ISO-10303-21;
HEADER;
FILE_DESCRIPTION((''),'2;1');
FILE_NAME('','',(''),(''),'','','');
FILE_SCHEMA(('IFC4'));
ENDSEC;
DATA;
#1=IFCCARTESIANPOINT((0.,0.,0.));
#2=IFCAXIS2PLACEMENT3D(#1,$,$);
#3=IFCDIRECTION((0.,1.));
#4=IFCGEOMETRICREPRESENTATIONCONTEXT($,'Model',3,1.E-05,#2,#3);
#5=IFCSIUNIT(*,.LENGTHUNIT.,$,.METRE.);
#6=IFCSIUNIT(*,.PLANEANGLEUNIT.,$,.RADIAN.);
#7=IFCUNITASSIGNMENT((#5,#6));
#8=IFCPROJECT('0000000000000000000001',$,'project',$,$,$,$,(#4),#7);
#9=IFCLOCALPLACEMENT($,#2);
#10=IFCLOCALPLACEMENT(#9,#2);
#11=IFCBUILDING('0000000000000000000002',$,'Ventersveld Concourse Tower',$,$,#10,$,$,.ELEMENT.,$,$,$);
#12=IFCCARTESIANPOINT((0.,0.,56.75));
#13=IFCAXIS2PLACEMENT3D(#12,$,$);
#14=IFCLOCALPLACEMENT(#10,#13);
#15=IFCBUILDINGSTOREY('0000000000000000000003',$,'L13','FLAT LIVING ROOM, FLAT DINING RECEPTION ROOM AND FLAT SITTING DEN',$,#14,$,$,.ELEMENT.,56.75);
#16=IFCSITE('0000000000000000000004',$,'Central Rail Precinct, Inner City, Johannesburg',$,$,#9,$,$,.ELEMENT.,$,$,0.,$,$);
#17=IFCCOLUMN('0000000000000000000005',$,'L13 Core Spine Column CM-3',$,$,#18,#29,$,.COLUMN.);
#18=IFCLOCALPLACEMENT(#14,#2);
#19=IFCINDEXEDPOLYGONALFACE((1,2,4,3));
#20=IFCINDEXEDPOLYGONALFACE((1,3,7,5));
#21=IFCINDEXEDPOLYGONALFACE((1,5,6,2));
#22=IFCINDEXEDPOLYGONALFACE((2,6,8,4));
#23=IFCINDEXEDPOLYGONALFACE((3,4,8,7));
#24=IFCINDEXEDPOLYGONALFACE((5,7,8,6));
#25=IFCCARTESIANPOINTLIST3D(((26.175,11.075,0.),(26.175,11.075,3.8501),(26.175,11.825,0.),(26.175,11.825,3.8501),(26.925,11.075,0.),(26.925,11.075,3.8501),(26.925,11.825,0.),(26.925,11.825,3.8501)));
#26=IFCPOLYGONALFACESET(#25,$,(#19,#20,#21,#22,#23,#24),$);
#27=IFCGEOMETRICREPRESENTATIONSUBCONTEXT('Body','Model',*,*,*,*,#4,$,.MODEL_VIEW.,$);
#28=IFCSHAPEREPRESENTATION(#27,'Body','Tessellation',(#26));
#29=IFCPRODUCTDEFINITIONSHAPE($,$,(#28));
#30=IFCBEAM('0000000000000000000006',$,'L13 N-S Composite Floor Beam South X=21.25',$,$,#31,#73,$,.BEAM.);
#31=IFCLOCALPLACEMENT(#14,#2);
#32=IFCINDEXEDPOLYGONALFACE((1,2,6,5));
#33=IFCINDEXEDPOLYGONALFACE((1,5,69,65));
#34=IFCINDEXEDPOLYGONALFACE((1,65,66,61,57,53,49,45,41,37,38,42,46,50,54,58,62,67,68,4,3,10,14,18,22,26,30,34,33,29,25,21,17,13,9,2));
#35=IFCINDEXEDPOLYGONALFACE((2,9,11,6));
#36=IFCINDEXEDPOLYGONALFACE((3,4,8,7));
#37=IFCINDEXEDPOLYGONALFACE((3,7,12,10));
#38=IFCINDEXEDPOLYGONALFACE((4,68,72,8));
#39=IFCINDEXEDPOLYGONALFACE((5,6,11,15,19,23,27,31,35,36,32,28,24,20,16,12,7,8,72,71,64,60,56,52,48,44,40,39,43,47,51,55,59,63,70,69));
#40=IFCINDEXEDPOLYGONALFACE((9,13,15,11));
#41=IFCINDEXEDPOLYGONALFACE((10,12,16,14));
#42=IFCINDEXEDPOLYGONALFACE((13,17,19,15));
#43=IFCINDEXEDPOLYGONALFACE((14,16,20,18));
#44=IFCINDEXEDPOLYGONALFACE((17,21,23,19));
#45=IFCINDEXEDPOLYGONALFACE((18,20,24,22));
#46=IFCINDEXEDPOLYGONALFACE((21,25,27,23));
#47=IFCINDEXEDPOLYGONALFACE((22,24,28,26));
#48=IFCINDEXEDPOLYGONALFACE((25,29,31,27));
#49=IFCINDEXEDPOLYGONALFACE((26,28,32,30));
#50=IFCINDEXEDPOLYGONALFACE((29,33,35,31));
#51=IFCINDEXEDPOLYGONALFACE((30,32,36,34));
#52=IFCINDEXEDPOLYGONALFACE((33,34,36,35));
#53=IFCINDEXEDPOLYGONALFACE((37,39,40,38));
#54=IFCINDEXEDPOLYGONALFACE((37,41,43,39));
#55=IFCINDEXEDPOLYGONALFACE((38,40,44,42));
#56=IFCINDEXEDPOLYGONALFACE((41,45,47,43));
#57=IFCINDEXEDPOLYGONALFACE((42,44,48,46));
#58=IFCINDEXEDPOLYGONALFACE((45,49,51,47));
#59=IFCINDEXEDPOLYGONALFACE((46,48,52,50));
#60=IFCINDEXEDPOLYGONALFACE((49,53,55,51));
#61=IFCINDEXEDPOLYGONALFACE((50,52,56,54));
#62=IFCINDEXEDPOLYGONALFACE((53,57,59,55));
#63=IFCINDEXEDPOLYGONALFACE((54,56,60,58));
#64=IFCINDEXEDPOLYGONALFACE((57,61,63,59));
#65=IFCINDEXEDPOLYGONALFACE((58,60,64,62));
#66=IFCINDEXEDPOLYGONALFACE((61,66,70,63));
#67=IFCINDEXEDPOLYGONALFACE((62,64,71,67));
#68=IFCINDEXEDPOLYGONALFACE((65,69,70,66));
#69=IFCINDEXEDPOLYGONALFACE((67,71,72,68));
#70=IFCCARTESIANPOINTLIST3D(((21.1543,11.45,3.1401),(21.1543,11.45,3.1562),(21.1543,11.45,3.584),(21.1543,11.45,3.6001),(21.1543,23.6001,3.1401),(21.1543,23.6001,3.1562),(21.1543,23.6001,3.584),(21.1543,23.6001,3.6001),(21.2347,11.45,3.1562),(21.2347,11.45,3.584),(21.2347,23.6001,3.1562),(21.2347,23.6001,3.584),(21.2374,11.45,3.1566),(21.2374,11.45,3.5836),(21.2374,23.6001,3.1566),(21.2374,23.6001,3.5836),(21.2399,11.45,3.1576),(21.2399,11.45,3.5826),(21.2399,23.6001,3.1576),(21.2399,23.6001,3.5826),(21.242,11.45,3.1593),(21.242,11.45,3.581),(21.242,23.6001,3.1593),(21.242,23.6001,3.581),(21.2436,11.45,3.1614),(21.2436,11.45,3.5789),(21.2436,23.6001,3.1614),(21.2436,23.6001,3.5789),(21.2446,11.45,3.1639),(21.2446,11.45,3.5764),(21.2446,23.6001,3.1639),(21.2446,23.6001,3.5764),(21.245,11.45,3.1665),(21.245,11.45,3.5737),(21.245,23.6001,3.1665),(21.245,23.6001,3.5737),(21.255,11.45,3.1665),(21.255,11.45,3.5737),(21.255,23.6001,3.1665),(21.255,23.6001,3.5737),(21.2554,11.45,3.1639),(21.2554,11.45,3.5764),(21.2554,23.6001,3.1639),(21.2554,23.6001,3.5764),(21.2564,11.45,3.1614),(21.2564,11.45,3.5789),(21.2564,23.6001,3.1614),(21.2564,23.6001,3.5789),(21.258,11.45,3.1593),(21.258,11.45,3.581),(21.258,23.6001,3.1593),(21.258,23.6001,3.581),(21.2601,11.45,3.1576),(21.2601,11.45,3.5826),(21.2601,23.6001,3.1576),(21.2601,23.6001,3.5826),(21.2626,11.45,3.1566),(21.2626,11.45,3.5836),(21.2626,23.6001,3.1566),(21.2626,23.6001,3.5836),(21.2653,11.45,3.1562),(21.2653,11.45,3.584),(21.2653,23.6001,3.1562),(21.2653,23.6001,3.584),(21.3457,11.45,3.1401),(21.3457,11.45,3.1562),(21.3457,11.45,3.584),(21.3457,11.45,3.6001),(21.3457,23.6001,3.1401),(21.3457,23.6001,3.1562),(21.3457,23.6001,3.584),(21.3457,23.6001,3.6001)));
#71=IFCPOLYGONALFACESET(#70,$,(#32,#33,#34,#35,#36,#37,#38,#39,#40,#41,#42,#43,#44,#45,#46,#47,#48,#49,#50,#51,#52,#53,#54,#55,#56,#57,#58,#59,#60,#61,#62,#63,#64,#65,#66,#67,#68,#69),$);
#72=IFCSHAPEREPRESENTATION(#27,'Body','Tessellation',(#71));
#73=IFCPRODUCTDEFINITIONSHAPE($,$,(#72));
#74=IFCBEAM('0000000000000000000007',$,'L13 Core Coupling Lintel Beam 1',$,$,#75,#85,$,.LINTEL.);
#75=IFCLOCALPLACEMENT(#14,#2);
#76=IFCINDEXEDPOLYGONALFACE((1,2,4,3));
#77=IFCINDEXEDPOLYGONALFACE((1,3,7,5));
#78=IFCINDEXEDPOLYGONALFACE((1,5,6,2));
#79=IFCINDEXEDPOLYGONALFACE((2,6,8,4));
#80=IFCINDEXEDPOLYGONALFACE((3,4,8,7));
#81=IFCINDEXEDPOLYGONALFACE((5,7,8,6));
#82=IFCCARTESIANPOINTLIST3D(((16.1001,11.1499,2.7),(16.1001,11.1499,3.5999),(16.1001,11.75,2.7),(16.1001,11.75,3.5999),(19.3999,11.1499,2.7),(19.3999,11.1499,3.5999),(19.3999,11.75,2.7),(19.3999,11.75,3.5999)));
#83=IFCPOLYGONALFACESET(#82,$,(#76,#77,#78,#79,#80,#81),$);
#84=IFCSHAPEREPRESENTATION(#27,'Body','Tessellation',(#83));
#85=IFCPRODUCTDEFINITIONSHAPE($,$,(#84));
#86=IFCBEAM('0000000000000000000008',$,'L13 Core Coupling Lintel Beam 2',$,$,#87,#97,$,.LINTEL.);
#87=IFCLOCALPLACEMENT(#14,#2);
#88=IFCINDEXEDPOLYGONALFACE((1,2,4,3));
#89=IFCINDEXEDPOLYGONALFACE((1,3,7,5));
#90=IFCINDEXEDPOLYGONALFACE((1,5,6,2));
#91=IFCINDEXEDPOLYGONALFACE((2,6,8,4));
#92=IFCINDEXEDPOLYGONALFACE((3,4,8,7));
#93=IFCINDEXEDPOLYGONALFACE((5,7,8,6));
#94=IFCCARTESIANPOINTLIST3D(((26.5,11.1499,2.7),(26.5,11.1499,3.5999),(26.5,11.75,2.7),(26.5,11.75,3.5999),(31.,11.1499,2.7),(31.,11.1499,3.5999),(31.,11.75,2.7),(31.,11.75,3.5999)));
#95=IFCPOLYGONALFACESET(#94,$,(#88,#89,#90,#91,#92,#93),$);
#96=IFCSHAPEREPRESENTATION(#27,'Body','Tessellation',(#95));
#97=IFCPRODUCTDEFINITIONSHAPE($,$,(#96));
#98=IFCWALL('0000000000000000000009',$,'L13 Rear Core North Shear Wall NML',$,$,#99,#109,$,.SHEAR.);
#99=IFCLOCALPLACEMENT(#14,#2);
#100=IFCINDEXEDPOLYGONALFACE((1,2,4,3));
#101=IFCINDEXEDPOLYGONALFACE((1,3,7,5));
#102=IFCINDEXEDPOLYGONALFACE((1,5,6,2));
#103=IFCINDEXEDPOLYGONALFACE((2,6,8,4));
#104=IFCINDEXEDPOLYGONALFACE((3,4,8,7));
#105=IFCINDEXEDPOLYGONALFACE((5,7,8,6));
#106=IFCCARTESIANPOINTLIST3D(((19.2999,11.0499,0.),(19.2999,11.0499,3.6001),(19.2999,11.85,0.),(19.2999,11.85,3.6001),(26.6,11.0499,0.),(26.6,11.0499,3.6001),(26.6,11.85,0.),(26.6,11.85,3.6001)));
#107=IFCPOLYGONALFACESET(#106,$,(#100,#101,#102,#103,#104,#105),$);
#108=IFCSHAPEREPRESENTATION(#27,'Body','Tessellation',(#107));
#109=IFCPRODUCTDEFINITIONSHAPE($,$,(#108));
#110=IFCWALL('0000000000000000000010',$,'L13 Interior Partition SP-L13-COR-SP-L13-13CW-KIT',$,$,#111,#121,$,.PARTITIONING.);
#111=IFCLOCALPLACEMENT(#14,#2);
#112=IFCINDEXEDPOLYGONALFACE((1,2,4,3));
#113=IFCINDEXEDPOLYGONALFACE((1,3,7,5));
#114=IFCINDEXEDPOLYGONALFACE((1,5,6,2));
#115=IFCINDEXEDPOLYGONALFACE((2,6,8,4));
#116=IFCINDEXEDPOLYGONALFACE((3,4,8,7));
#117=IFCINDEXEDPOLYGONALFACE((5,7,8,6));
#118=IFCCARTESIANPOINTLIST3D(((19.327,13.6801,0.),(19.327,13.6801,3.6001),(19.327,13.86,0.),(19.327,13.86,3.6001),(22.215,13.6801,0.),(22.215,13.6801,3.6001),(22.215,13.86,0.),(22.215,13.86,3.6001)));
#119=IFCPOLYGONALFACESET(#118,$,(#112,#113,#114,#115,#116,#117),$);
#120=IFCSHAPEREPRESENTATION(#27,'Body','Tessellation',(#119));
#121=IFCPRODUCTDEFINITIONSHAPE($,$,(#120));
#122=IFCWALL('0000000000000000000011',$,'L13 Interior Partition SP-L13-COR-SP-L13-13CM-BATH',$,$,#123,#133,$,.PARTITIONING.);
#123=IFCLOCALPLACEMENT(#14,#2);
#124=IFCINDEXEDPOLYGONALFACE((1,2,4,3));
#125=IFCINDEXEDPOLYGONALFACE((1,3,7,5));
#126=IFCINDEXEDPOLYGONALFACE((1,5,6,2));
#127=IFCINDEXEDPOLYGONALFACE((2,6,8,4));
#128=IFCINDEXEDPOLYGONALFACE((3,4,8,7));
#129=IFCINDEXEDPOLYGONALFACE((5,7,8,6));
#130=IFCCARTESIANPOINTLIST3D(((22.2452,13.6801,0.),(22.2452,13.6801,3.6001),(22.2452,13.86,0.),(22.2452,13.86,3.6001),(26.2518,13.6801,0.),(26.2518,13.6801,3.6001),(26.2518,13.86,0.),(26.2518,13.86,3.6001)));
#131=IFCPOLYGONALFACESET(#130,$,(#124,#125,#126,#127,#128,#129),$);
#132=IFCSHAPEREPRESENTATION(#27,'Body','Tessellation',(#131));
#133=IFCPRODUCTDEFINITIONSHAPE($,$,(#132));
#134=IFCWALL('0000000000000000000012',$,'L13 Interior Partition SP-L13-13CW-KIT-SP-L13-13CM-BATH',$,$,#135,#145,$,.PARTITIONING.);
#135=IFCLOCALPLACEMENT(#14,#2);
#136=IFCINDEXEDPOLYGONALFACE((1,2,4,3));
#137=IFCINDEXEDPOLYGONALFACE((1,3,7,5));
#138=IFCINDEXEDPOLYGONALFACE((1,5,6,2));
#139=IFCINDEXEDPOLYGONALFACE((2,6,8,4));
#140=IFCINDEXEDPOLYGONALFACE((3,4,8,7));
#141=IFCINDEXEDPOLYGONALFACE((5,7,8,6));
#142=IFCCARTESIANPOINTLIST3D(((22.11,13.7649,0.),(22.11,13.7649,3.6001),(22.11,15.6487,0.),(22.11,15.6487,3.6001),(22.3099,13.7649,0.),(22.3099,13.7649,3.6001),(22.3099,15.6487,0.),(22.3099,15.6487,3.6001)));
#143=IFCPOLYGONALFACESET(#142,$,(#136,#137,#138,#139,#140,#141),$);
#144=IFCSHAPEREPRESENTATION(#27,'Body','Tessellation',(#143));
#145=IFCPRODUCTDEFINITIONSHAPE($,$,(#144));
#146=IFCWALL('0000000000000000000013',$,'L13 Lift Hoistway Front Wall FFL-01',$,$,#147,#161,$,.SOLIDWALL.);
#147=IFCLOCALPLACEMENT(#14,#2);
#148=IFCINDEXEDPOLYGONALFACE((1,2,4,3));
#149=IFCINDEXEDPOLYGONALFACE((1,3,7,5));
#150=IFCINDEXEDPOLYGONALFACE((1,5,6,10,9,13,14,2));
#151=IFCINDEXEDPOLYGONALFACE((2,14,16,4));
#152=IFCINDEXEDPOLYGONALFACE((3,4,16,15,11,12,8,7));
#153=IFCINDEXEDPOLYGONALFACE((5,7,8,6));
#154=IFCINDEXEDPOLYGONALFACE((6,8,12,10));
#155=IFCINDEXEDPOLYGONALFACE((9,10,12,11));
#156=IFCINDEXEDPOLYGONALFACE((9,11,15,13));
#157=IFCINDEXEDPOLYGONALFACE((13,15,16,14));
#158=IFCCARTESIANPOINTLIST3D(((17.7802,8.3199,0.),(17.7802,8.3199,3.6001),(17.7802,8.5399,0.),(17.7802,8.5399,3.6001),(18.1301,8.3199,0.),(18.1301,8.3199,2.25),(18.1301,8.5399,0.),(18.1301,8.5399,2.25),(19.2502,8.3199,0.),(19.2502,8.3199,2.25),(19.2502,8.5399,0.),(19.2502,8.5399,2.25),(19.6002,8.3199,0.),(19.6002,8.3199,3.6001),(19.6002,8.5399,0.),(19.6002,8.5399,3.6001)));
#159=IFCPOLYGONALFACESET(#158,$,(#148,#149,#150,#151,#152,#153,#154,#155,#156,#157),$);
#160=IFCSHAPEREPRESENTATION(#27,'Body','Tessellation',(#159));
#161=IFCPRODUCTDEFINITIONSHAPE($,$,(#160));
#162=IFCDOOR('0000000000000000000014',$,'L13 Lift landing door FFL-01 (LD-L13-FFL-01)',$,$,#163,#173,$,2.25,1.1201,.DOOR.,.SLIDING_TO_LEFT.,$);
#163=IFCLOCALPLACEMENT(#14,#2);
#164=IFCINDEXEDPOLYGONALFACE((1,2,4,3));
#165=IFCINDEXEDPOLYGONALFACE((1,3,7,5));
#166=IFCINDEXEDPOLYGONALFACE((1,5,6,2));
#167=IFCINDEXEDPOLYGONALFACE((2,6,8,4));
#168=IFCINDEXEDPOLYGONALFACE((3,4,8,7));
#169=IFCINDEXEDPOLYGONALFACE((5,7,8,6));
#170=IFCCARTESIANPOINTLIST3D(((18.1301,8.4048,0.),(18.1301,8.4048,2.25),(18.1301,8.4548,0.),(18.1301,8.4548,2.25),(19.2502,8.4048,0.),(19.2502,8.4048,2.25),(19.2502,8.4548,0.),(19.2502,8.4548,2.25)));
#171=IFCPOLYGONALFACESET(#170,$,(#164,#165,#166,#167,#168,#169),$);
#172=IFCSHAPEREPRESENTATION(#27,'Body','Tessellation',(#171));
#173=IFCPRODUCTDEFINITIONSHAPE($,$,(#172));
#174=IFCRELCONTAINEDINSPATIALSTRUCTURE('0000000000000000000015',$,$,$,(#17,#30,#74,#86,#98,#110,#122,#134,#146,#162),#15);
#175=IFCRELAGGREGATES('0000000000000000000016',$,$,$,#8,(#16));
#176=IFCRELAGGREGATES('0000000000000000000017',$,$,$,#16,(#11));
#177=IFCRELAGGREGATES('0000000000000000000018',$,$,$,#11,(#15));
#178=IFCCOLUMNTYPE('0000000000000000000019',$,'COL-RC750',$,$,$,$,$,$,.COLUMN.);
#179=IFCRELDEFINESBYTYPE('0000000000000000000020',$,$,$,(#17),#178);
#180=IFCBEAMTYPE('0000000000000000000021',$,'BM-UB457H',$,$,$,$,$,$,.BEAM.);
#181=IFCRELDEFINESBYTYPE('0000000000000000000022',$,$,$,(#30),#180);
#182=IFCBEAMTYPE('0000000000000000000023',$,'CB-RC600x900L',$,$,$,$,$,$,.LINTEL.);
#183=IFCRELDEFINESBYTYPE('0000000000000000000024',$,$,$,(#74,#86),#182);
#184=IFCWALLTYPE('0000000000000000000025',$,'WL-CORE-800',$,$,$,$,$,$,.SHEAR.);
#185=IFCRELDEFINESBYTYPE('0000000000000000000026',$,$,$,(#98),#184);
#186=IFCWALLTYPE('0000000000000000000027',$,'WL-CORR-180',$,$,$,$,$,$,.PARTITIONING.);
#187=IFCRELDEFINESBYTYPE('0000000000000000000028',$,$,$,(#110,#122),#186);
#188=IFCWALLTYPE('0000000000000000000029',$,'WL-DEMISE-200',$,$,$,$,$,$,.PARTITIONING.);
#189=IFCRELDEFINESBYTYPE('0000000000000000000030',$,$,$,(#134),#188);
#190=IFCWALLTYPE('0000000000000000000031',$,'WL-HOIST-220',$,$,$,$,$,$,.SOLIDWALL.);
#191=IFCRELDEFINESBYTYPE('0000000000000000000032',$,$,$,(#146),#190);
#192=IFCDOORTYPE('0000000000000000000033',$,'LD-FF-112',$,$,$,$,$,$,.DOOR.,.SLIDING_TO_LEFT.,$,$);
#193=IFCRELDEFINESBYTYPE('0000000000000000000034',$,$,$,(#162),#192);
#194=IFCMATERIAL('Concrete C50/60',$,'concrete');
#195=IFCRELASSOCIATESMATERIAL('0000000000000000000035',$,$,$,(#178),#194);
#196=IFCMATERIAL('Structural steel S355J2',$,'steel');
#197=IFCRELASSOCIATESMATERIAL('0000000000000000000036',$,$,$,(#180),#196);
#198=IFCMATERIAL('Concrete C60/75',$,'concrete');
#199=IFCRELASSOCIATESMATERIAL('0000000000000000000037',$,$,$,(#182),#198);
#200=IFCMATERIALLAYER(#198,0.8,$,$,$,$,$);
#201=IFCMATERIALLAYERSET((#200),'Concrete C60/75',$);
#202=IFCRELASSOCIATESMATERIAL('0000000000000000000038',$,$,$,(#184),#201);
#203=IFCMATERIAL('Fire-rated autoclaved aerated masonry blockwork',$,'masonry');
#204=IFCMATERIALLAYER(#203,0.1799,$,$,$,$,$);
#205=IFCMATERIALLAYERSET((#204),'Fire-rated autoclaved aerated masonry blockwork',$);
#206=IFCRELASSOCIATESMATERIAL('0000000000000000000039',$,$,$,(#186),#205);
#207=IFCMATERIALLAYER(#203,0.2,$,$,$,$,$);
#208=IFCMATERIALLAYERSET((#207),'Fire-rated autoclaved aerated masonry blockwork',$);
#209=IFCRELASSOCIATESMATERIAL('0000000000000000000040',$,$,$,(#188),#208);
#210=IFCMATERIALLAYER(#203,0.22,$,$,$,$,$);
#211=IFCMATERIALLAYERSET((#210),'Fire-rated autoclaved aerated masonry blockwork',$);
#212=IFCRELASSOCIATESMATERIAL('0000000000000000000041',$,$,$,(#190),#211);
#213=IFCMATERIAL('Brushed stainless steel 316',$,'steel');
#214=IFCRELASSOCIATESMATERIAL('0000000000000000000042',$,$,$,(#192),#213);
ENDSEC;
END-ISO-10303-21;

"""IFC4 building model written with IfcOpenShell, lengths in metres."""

from ifc_helpers import new_model, si_unit, direction, frame, frame_2d, origin, origin_2d, place, context, subcontext, project, spatial, rectangle, i_section, extrude, material, layer, layer_set, material_profile, profile_set, type_object, element, fill, save


model = new_model("IFC4")

# Units and contexts
model_context = context("Model", 3, precision=1e-05, world=origin(), true_north=direction((0.0, 1.0)))
body_context = subcontext(model_context, "Body", "Model", "MODEL_VIEW")
ifc_project = project(units=[si_unit("LENGTHUNIT", "METRE"), si_unit("PLANEANGLEUNIT", "RADIAN")], contexts=[model_context])

# Site, building, storey
site_placement = place(None, origin())
site = spatial("IfcSite", under=ifc_project, at=site_placement, Name="Central Rail Precinct, Inner City, Johannesburg", CompositionType="ELEMENT", RefElevation=0.0)
building_placement = place(site_placement, origin())
building = spatial("IfcBuilding", under=site, at=building_placement, Name="Ventersveld Concourse Tower", CompositionType="ELEMENT")
storey_placement = place(building_placement, frame((0.0, 0.0, 56.75)))
storey = spatial("IfcBuildingStorey", under=building, at=storey_placement, Name="L13", Description="FLAT LIVING ROOM, FLAT DINING RECEPTION ROOM AND FLAT SITTING DEN", CompositionType="ELEMENT", Elevation=56.75)

# Column
ifc_material_1 = material(Name="Concrete C50/60", Category="concrete")
ifc_material_profile_1 = material_profile(ifc_material_1, rectangle(XDim=0.75, YDim=0.75, at=origin_2d()), Name="RC 750x750")
ifc_profile_set_1 = profile_set([ifc_material_profile_1], Name="Concrete C50/60")
column_type = type_object("IfcColumnType", Name="COL-RC750", PredefinedType="COLUMN", material=ifc_profile_set_1)
column_placement = place(storey_placement, frame((26.55, 11.45, 0.0), z_axis=(0.0, 0.0, 1.0), x_axis=(1.0, 0.0, 0.0)))
element("IfcColumn", 1, at=column_placement, inside=storey, type_object=column_type, Name="L13 Core Spine Column CM-3", PredefinedType="COLUMN", context=body_context, shape_type="SweptSolid", body=[
    extrude(rectangle(XDim=0.75, YDim=0.75, at=origin_2d()), origin(), (0.0, 0.0, 1.0), 3.8501),
])

# Beams
ifc_material_2 = material(Name="Structural steel S355J2", Category="steel")
ifc_material_profile_2 = material_profile(ifc_material_2, i_section(OverallWidth=0.1914, OverallDepth=0.46, WebThickness=0.01, FlangeThickness=0.0161, FilletRadius=0.0103, at=origin_2d()), Name="UB 457x191x82")
ifc_profile_set_2 = profile_set([ifc_material_profile_2], Name="Structural steel S355J2")
beam_type_1 = type_object("IfcBeamType", Name="BM-UB457H", PredefinedType="BEAM", material=ifc_profile_set_2)
beam_1_placement = place(storey_placement, frame((21.25, 11.45, 3.3701), z_axis=(0.0, 1.0, 0.0), x_axis=(-1.0, 0.0, 0.0)))
element("IfcBeam", 2, at=beam_1_placement, inside=storey, type_object=beam_type_1, Name="L13 N-S Composite Floor Beam South X=21.25", PredefinedType="BEAM", context=body_context, shape_type="SweptSolid", body=[
    extrude(i_section(OverallWidth=0.1914, OverallDepth=0.46, WebThickness=0.01, FlangeThickness=0.0161, FilletRadius=0.0103, at=origin_2d()), origin(), (0.0, 0.0, 1.0), 12.1501),
])
ifc_material_3 = material(Name="Concrete C60/75", Category="concrete")
ifc_material_profile_3 = material_profile(ifc_material_3, rectangle(XDim=0.6001, YDim=0.8999, at=origin_2d()), Name="RC 600x900")
ifc_profile_set_3 = profile_set([ifc_material_profile_3], Name="Concrete C60/75")
beam_type_2 = type_object("IfcBeamType", Name="CB-RC600x900L", PredefinedType="LINTEL", material=ifc_profile_set_3)
beam_2_placement = place(storey_placement, frame((16.1001, 11.45, 3.1499), z_axis=(1.0, 0.0, 0.0), x_axis=(0.0, 1.0, 0.0)))
element("IfcBeam", 3, at=beam_2_placement, inside=storey, type_object=beam_type_2, Name="L13 Core Coupling Lintel Beam 1", PredefinedType="LINTEL", context=body_context, shape_type="SweptSolid", body=[
    extrude(rectangle(XDim=0.6001, YDim=0.8999, at=origin_2d()), origin(), (0.0, 0.0, 1.0), 3.2998),
])
beam_3_placement = place(storey_placement, frame((26.5, 11.45, 3.1499), z_axis=(1.0, 0.0, 0.0), x_axis=(0.0, 1.0, 0.0)))
element("IfcBeam", 4, at=beam_3_placement, inside=storey, type_object=beam_type_2, Name="L13 Core Coupling Lintel Beam 2", PredefinedType="LINTEL", context=body_context, shape_type="SweptSolid", body=[
    extrude(rectangle(XDim=0.6001, YDim=0.8999, at=origin_2d()), origin(), (0.0, 0.0, 1.0), 4.5),
])

# Walls
ifc_layer_1 = layer(ifc_material_3, 0.8)
ifc_layer_set_1 = layer_set([ifc_layer_1], Name="Concrete C60/75")
wall_type_1 = type_object("IfcWallType", Name="WL-CORE-800", PredefinedType="SHEAR", material=ifc_layer_set_1)
wall_1_placement = place(storey_placement, frame((19.3, 11.45, 0.0), z_axis=(0.0, 0.0, 1.0), x_axis=(1.0, 0.0, 0.0)))
element("IfcWall", 5, at=wall_1_placement, inside=storey, type_object=wall_type_1, Name="L13 Rear Core North Shear Wall NML", PredefinedType="SHEAR", context=body_context, shape_type="SweptSolid", body=[
    extrude(rectangle(XDim=7.3, YDim=0.8, at=frame_2d((3.6499, 0.0))), origin(), (0.0, 0.0, 1.0), 3.6001),
])
ifc_material_4 = material(Name="Fire-rated autoclaved aerated masonry blockwork", Category="masonry")
ifc_layer_2 = layer(ifc_material_4, 0.1799)
ifc_layer_set_2 = layer_set([ifc_layer_2], Name="Fire-rated autoclaved aerated masonry blockwork")
wall_type_2 = type_object("IfcWallType", Name="WL-CORR-180", PredefinedType="PARTITIONING", material=ifc_layer_set_2)
wall_2_placement = place(storey_placement, frame((19.3271, 13.77, 0.0), z_axis=(0.0, 0.0, 1.0), x_axis=(1.0, 0.0, 0.0)))
element("IfcWall", 6, at=wall_2_placement, inside=storey, type_object=wall_type_2, Name="L13 Interior Partition SP-L13-COR-SP-L13-13CW-KIT", PredefinedType="PARTITIONING", context=body_context, shape_type="SweptSolid", body=[
    extrude(rectangle(XDim=2.8879, YDim=0.1799, at=frame_2d((1.4438, 0.0))), origin(), (0.0, 0.0, 1.0), 3.6001),
])

# Walls
wall_3_placement = place(storey_placement, frame((22.2451, 13.77, 0.0), z_axis=(0.0, 0.0, 1.0), x_axis=(1.0, 0.0, 0.0)))
element("IfcWall", 7, at=wall_3_placement, inside=storey, type_object=wall_type_2, Name="L13 Interior Partition SP-L13-COR-SP-L13-13CM-BATH", PredefinedType="PARTITIONING", context=body_context, shape_type="SweptSolid", body=[
    extrude(rectangle(XDim=4.0066, YDim=0.1799, at=frame_2d((2.0034, 0.0))), origin(), (0.0, 0.0, 1.0), 3.6001),
])
ifc_layer_3 = layer(ifc_material_4, 0.2)
ifc_layer_set_3 = layer_set([ifc_layer_3], Name="Fire-rated autoclaved aerated masonry blockwork")
wall_type_3 = type_object("IfcWallType", Name="WL-DEMISE-200", PredefinedType="PARTITIONING", material=ifc_layer_set_3)
wall_4_placement = place(storey_placement, frame((22.21, 13.7649, 0.0), z_axis=(0.0, 0.0, 1.0), x_axis=(0.0, 1.0, 0.0)))
element("IfcWall", 8, at=wall_4_placement, inside=storey, type_object=wall_type_3, Name="L13 Interior Partition SP-L13-13CW-KIT-SP-L13-13CM-BATH", PredefinedType="PARTITIONING", context=body_context, shape_type="SweptSolid", body=[
    extrude(rectangle(XDim=1.8838, YDim=0.2, at=frame_2d((0.9419, 0.0))), origin(), (0.0, 0.0, 1.0), 3.6001),
])

# Wall, opening, door
ifc_layer_4 = layer(ifc_material_4, 0.22)
ifc_layer_set_4 = layer_set([ifc_layer_4], Name="Fire-rated autoclaved aerated masonry blockwork")
wall_type_4 = type_object("IfcWallType", Name="WL-HOIST-220", PredefinedType="SOLIDWALL", material=ifc_layer_set_4)
wall_5_placement = place(storey_placement, frame((17.78, 8.4299, 0.0), z_axis=(0.0, 0.0, 1.0), x_axis=(1.0, 0.0, 0.0)))
wall_5 = element("IfcWall", 9, at=wall_5_placement, inside=storey, type_object=wall_type_4, Name="L13 Lift Hoistway Front Wall FFL-01", PredefinedType="SOLIDWALL", context=body_context, shape_type="SweptSolid", body=[
    extrude(rectangle(XDim=1.8201, YDim=0.22, at=frame_2d((0.9102, 0.0))), origin(), (0.0, 0.0, 1.0), 3.6001),
])
opening_1_placement = place(wall_5_placement, frame((0.3501, 0.0, 0.0)))
opening_1 = element("IfcOpeningElement", 10, at=opening_1_placement, cuts=wall_5, PredefinedType="OPENING", context=body_context, shape_type="SweptSolid", body=[
    extrude(rectangle(XDim=1.1201, YDim=2.25, at=frame_2d((0.5601, 1.125))), frame((0.0, 0.1201, 0.0), z_axis=(0.0, -1.0, 0.0), x_axis=(1.0, 0.0, 0.0)), (0.0, 0.0, 1.0), 0.24),
])
ifc_material_5 = material(Name="Brushed stainless steel 316", Category="steel")
door_type_1 = type_object("IfcDoorType", Name="LD-FF-112", OperationType="SLIDING_TO_LEFT", PredefinedType="DOOR", material=ifc_material_5)
door_1_placement = place(opening_1_placement, origin())
door_1 = element("IfcDoor", 11, at=door_1_placement, inside=storey, type_object=door_type_1, Name="L13 Lift landing door FFL-01 (LD-L13-FFL-01)", OperationType="SLIDING_TO_LEFT", OverallHeight=2.25, OverallWidth=1.1201, PredefinedType="DOOR", context=body_context, shape_type="SweptSolid", body=[
    extrude(rectangle(XDim=1.1201, YDim=2.25, at=frame_2d((0.5601, 1.125))), frame((0.0, 0.0249, 0.0), z_axis=(0.0, -1.0, 0.0), x_axis=(1.0, 0.0, 0.0)), (0.0, 0.0, 1.0), 0.05),
])
fill(opening_1, door_1)

save(model, "model.ifc")
